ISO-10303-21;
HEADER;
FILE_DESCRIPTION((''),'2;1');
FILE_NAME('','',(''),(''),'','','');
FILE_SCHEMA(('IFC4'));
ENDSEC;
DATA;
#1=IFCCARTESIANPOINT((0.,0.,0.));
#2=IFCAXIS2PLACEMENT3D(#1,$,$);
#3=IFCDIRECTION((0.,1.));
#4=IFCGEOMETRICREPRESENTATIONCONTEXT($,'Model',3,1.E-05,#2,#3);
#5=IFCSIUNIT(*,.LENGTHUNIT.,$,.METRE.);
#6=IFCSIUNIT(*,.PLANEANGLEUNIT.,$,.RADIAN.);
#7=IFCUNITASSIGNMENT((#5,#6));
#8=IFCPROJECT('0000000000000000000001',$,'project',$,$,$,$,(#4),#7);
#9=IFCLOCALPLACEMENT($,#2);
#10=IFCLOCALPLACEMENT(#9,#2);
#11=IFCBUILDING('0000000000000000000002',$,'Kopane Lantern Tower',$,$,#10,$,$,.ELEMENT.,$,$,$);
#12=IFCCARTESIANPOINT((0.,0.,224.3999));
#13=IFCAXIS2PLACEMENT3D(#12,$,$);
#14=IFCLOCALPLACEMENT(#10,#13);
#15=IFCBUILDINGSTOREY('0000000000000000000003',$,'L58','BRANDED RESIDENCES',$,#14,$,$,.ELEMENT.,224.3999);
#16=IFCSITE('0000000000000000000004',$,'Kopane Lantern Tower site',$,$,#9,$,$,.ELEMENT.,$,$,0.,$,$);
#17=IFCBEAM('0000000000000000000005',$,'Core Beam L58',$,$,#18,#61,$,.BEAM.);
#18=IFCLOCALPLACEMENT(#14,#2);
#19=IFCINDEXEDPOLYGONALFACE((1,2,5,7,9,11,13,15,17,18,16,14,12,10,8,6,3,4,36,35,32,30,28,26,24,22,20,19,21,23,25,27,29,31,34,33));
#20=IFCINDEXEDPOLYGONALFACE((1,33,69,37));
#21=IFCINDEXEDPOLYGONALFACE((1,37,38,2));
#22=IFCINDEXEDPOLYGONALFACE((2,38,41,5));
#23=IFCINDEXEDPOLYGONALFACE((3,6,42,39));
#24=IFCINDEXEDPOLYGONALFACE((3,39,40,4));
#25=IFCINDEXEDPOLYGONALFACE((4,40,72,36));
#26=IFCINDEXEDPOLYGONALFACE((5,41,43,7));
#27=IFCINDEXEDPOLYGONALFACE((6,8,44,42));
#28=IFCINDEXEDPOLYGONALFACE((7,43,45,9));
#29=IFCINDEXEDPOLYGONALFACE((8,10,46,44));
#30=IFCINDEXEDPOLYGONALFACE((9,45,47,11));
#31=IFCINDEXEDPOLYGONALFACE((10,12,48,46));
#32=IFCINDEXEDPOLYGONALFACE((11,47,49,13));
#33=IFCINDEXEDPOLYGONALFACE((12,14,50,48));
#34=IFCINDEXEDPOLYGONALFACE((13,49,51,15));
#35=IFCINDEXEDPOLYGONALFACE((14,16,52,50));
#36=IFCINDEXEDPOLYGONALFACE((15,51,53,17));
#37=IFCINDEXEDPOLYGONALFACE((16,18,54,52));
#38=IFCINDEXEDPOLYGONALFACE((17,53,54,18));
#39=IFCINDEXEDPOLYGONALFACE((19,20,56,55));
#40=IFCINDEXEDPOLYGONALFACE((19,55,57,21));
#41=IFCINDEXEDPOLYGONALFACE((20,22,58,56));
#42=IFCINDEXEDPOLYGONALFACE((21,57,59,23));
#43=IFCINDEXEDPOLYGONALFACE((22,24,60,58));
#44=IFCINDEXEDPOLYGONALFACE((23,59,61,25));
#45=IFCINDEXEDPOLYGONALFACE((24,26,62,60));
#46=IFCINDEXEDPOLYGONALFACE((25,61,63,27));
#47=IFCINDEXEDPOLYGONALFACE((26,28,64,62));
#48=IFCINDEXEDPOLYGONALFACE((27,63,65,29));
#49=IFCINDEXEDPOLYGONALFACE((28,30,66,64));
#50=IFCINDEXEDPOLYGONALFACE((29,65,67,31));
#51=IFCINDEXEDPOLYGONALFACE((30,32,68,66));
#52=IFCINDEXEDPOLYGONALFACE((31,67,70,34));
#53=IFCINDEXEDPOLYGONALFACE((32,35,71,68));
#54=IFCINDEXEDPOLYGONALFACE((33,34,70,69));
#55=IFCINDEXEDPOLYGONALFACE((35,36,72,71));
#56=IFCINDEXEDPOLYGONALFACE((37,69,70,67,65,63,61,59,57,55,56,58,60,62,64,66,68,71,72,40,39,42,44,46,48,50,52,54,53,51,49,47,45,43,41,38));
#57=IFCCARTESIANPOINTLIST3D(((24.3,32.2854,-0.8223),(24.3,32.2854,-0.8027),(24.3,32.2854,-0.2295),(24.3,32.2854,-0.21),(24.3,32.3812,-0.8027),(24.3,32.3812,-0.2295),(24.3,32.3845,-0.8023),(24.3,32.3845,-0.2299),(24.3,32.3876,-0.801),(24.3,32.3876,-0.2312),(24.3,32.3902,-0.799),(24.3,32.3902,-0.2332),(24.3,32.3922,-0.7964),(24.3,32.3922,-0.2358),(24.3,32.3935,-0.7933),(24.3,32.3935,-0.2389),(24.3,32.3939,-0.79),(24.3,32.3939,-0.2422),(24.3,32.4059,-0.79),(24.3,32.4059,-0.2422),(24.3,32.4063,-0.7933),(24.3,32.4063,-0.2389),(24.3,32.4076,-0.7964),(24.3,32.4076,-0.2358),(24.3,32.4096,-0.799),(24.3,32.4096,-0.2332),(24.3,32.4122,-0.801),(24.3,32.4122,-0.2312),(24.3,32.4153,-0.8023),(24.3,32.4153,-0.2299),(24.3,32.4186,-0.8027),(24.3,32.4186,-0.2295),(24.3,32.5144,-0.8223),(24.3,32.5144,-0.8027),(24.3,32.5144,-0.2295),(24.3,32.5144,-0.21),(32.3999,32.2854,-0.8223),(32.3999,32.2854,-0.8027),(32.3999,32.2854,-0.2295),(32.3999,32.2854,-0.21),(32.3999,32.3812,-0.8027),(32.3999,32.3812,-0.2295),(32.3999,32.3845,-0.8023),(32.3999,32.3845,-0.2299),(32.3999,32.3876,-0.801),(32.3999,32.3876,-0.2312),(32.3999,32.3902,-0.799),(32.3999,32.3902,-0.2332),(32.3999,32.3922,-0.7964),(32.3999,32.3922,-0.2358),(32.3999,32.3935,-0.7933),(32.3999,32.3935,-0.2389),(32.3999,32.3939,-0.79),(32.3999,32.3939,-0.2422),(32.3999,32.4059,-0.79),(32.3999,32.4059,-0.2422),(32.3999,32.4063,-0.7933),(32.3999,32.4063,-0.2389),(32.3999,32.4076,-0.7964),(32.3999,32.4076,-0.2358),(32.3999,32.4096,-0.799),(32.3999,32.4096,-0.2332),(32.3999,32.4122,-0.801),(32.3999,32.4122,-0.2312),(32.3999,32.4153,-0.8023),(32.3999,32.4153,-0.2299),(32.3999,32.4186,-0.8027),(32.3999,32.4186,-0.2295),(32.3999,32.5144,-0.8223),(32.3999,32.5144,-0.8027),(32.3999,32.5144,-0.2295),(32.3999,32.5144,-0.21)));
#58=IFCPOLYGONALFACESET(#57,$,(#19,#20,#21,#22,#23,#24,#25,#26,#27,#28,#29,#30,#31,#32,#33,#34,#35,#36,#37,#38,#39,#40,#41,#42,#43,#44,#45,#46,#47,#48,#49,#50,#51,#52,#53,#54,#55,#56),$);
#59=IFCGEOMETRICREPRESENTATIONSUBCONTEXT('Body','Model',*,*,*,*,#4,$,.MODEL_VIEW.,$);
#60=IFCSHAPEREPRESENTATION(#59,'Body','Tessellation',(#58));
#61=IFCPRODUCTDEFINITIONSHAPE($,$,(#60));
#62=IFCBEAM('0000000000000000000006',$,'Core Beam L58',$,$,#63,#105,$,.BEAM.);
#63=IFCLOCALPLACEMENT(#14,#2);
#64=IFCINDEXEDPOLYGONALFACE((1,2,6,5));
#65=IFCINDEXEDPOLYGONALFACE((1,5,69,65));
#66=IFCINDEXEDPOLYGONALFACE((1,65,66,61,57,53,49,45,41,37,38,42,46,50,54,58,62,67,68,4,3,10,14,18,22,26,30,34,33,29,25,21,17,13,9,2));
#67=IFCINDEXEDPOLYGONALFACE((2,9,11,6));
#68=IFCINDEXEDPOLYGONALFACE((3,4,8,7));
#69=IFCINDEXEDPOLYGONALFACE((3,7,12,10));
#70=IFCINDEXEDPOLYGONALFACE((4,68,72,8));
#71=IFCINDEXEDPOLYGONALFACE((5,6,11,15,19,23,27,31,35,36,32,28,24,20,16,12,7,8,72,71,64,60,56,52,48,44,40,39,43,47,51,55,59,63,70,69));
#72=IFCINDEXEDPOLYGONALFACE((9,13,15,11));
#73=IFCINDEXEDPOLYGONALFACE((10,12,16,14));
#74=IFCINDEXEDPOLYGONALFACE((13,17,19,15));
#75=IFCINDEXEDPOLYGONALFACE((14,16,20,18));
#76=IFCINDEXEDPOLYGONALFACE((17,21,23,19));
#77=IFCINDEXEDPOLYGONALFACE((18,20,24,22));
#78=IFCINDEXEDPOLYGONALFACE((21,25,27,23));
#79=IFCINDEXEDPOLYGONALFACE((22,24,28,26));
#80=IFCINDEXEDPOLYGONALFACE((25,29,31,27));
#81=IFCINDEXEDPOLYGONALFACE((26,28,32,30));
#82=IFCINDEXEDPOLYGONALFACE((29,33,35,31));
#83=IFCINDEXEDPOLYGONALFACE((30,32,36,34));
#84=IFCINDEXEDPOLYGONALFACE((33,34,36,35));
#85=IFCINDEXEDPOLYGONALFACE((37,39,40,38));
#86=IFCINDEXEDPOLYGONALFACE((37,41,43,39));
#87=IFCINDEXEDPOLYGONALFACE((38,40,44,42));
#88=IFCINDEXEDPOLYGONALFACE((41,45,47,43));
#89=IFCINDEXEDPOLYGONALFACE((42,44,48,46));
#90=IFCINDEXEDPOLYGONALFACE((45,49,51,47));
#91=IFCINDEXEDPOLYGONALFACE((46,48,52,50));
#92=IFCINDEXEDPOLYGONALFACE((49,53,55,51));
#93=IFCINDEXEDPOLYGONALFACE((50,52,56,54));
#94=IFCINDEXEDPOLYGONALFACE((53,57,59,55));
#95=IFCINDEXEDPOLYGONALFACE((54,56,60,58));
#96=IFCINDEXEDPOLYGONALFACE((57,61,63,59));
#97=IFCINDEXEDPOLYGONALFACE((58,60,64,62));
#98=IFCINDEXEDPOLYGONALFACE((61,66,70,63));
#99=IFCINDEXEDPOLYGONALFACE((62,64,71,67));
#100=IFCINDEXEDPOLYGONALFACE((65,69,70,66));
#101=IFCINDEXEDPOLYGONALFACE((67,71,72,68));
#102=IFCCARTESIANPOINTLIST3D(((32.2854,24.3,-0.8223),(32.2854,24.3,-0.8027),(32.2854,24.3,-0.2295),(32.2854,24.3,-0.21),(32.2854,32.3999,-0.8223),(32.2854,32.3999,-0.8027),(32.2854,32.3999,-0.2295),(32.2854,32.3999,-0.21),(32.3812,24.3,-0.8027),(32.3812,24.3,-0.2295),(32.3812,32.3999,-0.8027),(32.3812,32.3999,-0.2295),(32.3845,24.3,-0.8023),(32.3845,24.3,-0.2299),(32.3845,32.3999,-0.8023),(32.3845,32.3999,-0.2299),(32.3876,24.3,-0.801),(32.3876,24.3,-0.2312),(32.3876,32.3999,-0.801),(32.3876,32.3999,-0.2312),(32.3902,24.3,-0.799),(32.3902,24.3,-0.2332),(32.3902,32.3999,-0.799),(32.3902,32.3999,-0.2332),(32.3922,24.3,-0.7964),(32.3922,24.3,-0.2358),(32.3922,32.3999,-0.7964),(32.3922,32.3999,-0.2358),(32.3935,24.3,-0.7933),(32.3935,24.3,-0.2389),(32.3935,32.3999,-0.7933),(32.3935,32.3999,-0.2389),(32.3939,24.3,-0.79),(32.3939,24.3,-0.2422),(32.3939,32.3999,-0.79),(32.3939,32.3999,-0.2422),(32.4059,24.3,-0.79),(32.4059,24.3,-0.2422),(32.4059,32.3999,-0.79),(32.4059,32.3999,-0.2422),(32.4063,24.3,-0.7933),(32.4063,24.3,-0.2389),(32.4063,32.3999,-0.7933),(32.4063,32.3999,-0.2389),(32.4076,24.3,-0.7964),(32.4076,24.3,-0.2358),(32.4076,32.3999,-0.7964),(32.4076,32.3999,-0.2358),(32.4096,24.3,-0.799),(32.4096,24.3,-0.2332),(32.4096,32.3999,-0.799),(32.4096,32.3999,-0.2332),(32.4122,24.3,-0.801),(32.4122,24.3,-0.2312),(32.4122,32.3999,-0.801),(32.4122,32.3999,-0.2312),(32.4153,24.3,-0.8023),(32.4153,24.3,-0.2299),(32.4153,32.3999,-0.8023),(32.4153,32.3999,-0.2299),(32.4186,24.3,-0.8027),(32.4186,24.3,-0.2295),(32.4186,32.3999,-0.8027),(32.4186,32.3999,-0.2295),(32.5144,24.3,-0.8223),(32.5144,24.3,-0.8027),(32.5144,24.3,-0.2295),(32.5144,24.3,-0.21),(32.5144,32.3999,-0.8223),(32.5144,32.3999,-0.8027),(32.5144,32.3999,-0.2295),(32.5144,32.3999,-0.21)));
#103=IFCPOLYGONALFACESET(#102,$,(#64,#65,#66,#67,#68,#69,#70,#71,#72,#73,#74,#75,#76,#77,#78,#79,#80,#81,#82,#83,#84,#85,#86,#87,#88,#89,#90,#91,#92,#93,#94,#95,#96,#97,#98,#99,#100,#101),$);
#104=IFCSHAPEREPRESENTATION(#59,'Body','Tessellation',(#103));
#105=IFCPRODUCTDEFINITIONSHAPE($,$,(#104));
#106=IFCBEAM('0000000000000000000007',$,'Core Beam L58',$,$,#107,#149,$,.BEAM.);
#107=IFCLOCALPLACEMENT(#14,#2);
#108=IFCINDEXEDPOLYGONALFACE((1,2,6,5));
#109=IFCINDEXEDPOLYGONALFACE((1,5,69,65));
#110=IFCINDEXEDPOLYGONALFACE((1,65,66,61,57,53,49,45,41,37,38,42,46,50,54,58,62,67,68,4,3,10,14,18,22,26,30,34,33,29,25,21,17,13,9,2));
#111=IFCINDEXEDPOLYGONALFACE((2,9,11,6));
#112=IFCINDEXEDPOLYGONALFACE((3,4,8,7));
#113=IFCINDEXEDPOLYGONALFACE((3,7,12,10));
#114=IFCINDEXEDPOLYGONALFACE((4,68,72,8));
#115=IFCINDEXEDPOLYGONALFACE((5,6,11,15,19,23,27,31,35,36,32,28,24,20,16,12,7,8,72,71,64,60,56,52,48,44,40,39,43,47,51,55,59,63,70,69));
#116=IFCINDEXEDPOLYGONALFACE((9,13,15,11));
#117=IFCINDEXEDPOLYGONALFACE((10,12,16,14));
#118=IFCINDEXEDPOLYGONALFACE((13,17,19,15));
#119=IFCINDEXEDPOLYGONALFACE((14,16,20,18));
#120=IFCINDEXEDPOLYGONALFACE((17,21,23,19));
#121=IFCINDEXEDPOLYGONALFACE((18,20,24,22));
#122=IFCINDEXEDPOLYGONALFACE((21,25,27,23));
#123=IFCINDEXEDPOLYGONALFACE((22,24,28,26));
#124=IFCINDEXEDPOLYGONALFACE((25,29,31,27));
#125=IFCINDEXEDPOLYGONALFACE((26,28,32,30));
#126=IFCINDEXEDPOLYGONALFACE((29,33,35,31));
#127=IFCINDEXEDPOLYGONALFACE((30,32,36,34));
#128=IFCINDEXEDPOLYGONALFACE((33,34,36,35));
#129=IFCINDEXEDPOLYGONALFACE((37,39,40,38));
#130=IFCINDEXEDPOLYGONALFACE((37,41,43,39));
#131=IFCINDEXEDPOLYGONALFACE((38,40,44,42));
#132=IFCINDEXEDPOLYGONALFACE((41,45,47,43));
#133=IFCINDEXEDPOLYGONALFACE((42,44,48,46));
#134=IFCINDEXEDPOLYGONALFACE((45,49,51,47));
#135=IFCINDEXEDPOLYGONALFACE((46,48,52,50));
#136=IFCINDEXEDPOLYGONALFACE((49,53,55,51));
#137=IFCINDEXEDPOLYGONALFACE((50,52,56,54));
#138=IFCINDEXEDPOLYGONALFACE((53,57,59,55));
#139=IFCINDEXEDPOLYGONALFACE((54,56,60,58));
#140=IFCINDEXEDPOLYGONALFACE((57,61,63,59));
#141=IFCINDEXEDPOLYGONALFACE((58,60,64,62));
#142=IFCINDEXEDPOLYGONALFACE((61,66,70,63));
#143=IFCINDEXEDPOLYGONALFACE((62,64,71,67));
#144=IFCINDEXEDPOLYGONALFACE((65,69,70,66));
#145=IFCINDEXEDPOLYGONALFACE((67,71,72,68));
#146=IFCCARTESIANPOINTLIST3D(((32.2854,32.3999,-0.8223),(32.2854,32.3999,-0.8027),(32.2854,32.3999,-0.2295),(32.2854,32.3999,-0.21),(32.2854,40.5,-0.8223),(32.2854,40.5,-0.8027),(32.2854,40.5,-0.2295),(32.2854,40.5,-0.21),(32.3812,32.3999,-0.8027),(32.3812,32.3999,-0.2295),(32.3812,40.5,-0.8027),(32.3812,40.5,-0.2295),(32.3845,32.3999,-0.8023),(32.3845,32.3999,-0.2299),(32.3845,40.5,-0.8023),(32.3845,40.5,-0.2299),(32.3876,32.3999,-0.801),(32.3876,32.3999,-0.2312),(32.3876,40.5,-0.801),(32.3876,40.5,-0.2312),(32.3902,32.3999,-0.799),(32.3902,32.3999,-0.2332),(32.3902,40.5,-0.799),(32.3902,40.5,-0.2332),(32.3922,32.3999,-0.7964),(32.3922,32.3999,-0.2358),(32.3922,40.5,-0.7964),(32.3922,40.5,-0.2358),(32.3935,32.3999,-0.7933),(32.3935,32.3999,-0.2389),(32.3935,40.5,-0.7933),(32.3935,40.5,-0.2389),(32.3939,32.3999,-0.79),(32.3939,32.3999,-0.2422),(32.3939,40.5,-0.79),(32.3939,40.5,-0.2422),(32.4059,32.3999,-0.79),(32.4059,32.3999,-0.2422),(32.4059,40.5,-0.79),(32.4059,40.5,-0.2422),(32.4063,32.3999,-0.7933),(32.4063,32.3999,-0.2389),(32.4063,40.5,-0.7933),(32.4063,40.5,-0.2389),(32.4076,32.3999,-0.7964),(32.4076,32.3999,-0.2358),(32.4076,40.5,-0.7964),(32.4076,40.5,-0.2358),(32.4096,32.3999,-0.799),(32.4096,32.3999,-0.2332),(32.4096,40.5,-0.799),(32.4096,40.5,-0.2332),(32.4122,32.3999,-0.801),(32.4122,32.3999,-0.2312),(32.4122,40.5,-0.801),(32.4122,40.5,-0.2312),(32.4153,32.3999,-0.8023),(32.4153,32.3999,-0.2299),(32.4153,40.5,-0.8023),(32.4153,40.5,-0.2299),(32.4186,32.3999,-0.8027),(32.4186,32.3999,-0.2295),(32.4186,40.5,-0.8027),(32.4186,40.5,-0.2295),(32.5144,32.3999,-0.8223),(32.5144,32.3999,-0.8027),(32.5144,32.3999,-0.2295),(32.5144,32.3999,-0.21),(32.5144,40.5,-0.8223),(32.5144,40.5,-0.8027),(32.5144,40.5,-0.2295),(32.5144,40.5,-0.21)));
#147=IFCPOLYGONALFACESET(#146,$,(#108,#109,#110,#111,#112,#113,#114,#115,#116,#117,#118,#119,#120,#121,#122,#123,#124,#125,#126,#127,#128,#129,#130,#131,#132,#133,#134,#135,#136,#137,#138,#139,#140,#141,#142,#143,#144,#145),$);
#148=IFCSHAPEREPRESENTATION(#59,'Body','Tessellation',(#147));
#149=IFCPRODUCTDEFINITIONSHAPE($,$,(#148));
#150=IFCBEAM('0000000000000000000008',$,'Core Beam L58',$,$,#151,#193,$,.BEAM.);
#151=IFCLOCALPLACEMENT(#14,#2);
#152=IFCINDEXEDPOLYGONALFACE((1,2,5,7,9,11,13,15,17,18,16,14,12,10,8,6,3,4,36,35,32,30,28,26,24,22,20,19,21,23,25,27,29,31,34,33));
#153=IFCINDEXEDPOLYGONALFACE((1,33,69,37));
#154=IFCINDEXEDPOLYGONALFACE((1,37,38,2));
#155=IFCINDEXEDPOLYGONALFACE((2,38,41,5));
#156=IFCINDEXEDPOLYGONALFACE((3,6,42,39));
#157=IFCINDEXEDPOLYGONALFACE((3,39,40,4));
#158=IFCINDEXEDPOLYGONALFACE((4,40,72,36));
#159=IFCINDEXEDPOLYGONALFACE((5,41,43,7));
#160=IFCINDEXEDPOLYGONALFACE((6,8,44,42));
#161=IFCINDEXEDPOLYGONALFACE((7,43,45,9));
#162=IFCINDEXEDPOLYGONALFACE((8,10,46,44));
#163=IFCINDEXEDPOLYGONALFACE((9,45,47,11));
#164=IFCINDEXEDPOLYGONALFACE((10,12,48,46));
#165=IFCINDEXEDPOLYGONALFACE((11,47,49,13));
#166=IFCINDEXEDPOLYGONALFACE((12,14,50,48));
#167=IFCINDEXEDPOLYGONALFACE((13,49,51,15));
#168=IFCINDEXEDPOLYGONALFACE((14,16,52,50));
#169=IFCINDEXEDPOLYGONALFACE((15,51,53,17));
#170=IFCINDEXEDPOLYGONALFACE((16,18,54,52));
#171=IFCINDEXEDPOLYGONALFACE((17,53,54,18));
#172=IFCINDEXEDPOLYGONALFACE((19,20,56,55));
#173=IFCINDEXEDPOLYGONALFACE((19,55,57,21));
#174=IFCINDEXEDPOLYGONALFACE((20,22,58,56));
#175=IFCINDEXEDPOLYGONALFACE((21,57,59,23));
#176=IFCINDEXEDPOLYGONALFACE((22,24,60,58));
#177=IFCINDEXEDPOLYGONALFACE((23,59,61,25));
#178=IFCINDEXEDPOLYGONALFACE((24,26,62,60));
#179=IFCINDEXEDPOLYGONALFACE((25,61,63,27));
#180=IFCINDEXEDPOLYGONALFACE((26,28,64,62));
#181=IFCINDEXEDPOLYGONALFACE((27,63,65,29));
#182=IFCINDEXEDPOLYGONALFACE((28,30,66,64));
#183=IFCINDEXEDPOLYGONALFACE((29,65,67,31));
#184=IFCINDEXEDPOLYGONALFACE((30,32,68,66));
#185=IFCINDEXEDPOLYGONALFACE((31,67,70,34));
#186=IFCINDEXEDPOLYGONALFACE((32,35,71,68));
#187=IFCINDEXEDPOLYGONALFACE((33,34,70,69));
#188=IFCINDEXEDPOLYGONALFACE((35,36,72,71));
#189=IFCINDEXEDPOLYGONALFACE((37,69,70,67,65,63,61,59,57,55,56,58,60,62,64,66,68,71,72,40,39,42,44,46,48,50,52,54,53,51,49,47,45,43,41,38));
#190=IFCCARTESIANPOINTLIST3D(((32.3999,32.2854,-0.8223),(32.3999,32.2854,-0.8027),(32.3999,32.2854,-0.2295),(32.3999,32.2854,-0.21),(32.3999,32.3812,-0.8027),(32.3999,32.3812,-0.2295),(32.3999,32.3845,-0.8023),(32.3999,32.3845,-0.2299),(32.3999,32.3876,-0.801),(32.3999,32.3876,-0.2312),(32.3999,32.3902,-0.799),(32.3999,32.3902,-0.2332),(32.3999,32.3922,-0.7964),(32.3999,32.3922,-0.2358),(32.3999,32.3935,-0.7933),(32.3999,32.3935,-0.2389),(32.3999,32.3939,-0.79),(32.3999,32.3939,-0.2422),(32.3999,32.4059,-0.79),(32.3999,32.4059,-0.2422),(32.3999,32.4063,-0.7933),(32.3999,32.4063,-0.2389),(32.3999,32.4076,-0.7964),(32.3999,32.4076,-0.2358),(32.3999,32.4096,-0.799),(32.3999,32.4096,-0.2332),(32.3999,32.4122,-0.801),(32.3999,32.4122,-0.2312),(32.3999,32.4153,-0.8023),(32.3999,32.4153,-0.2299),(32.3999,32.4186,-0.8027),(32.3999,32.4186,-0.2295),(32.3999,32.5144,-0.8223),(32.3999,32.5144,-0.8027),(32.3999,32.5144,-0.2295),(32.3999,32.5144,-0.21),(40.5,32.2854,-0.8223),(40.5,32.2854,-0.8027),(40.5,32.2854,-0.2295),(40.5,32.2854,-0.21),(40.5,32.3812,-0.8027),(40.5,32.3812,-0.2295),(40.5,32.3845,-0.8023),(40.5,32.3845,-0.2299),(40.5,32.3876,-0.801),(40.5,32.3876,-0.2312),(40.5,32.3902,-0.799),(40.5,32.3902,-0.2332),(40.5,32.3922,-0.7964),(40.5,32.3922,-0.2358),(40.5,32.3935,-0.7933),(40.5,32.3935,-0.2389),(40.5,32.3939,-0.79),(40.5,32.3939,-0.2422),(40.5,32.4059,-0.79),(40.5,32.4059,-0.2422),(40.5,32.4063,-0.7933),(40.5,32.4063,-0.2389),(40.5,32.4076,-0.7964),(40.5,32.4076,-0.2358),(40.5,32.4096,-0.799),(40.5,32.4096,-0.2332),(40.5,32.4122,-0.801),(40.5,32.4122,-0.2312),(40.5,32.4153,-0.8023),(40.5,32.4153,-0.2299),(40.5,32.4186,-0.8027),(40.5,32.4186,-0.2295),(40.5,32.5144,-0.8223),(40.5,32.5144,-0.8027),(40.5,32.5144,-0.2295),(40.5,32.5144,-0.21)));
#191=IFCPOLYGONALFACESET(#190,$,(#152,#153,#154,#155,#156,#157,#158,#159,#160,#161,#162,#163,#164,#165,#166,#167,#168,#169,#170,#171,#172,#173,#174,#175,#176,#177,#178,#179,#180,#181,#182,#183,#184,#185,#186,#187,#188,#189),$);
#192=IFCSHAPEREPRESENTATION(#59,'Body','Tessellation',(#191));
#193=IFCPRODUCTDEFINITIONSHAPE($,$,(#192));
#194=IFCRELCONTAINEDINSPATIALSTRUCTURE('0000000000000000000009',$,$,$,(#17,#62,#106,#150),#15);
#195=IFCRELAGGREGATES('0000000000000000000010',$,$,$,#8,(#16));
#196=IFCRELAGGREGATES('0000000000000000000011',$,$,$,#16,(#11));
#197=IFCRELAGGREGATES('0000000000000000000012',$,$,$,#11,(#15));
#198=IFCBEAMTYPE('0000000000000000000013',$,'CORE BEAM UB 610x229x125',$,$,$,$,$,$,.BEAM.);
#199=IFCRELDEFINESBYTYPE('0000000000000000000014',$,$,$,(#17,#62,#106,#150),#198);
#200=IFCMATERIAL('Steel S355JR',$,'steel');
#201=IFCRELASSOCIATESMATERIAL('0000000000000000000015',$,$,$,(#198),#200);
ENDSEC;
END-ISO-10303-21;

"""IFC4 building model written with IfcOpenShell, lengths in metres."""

from ifc_helpers import new_model, si_unit, direction, frame, origin, origin_2d, place, context, subcontext, project, spatial, i_section, extrude, material, material_profile, profile_set, type_object, element, save


model = new_model("IFC4")

# Units and contexts
model_context = context("Model", 3, precision=1e-05, world=origin(), true_north=direction((0.0, 1.0)))
body_context = subcontext(model_context, "Body", "Model", "MODEL_VIEW")
ifc_project = project(units=[si_unit("LENGTHUNIT", "METRE"), si_unit("PLANEANGLEUNIT", "RADIAN")], contexts=[model_context])

# Site, building, storey
site_placement = place(None, origin())
site = spatial("IfcSite", under=ifc_project, at=site_placement, Name="Kopane Lantern Tower site", CompositionType="ELEMENT", RefElevation=0.0)
building_placement = place(site_placement, origin())
building = spatial("IfcBuilding", under=site, at=building_placement, Name="Kopane Lantern Tower", CompositionType="ELEMENT")
storey_placement = place(building_placement, frame((0.0, 0.0, 224.3999)))
storey = spatial("IfcBuildingStorey", under=building, at=storey_placement, Name="L58", Description="BRANDED RESIDENCES", CompositionType="ELEMENT", Elevation=224.3999)

# Beams
ifc_material_1 = material(Name="Steel S355JR", Category="steel")
ifc_material_profile_1 = material_profile(ifc_material_1, i_section(OverallWidth=0.229, OverallDepth=0.6123, WebThickness=0.012, FlangeThickness=0.0195, FilletRadius=0.0127, at=origin_2d()), Name="UB 610x229x125")
ifc_profile_set_1 = profile_set([ifc_material_profile_1], Name="Steel S355JR")
beam_type_1 = type_object("IfcBeamType", Name="CORE BEAM UB 610x229x125", PredefinedType="BEAM", material=ifc_profile_set_1)
for number, where, z_axis, x_axis, name in (
    (1, (24.3, 32.3999, -0.5161), (1.0, 0.0, 0.0), (0.0, 1.0, 0.0), "Core Beam L58"),
    (2, (32.3999, 24.3, -0.5161), (0.0, 1.0, 0.0), (-1.0, 0.0, 0.0), "Core Beam L58"),
):
    element("IfcBeam", number, at=place(storey_placement, frame(where, z_axis=z_axis, x_axis=x_axis)), inside=storey, type_object=beam_type_1, Name=name, PredefinedType="BEAM", context=body_context, shape_type="SweptSolid", body=[
        extrude(i_section(OverallWidth=0.229, OverallDepth=0.6123, WebThickness=0.012, FlangeThickness=0.0195, FilletRadius=0.0127, at=origin_2d()), origin(), (0.0, 0.0, 1.0), 8.0999),
    ])
for number, where, z_axis, x_axis, name in (
    (3, (32.3999, 32.3999, -0.5161), (0.0, 1.0, 0.0), (-1.0, 0.0, 0.0), "Core Beam L58"),
    (4, (32.3999, 32.3999, -0.5161), (1.0, 0.0, 0.0), (0.0, 1.0, 0.0), "Core Beam L58"),
):
    element("IfcBeam", number, at=place(storey_placement, frame(where, z_axis=z_axis, x_axis=x_axis)), inside=storey, type_object=beam_type_1, Name=name, PredefinedType="BEAM", context=body_context, shape_type="SweptSolid", body=[
        extrude(i_section(OverallWidth=0.229, OverallDepth=0.6123, WebThickness=0.012, FlangeThickness=0.0195, FilletRadius=0.0127, at=origin_2d()), origin(), (0.0, 0.0, 1.0), 8.1001),
    ])

save(model, "model.ifc")
